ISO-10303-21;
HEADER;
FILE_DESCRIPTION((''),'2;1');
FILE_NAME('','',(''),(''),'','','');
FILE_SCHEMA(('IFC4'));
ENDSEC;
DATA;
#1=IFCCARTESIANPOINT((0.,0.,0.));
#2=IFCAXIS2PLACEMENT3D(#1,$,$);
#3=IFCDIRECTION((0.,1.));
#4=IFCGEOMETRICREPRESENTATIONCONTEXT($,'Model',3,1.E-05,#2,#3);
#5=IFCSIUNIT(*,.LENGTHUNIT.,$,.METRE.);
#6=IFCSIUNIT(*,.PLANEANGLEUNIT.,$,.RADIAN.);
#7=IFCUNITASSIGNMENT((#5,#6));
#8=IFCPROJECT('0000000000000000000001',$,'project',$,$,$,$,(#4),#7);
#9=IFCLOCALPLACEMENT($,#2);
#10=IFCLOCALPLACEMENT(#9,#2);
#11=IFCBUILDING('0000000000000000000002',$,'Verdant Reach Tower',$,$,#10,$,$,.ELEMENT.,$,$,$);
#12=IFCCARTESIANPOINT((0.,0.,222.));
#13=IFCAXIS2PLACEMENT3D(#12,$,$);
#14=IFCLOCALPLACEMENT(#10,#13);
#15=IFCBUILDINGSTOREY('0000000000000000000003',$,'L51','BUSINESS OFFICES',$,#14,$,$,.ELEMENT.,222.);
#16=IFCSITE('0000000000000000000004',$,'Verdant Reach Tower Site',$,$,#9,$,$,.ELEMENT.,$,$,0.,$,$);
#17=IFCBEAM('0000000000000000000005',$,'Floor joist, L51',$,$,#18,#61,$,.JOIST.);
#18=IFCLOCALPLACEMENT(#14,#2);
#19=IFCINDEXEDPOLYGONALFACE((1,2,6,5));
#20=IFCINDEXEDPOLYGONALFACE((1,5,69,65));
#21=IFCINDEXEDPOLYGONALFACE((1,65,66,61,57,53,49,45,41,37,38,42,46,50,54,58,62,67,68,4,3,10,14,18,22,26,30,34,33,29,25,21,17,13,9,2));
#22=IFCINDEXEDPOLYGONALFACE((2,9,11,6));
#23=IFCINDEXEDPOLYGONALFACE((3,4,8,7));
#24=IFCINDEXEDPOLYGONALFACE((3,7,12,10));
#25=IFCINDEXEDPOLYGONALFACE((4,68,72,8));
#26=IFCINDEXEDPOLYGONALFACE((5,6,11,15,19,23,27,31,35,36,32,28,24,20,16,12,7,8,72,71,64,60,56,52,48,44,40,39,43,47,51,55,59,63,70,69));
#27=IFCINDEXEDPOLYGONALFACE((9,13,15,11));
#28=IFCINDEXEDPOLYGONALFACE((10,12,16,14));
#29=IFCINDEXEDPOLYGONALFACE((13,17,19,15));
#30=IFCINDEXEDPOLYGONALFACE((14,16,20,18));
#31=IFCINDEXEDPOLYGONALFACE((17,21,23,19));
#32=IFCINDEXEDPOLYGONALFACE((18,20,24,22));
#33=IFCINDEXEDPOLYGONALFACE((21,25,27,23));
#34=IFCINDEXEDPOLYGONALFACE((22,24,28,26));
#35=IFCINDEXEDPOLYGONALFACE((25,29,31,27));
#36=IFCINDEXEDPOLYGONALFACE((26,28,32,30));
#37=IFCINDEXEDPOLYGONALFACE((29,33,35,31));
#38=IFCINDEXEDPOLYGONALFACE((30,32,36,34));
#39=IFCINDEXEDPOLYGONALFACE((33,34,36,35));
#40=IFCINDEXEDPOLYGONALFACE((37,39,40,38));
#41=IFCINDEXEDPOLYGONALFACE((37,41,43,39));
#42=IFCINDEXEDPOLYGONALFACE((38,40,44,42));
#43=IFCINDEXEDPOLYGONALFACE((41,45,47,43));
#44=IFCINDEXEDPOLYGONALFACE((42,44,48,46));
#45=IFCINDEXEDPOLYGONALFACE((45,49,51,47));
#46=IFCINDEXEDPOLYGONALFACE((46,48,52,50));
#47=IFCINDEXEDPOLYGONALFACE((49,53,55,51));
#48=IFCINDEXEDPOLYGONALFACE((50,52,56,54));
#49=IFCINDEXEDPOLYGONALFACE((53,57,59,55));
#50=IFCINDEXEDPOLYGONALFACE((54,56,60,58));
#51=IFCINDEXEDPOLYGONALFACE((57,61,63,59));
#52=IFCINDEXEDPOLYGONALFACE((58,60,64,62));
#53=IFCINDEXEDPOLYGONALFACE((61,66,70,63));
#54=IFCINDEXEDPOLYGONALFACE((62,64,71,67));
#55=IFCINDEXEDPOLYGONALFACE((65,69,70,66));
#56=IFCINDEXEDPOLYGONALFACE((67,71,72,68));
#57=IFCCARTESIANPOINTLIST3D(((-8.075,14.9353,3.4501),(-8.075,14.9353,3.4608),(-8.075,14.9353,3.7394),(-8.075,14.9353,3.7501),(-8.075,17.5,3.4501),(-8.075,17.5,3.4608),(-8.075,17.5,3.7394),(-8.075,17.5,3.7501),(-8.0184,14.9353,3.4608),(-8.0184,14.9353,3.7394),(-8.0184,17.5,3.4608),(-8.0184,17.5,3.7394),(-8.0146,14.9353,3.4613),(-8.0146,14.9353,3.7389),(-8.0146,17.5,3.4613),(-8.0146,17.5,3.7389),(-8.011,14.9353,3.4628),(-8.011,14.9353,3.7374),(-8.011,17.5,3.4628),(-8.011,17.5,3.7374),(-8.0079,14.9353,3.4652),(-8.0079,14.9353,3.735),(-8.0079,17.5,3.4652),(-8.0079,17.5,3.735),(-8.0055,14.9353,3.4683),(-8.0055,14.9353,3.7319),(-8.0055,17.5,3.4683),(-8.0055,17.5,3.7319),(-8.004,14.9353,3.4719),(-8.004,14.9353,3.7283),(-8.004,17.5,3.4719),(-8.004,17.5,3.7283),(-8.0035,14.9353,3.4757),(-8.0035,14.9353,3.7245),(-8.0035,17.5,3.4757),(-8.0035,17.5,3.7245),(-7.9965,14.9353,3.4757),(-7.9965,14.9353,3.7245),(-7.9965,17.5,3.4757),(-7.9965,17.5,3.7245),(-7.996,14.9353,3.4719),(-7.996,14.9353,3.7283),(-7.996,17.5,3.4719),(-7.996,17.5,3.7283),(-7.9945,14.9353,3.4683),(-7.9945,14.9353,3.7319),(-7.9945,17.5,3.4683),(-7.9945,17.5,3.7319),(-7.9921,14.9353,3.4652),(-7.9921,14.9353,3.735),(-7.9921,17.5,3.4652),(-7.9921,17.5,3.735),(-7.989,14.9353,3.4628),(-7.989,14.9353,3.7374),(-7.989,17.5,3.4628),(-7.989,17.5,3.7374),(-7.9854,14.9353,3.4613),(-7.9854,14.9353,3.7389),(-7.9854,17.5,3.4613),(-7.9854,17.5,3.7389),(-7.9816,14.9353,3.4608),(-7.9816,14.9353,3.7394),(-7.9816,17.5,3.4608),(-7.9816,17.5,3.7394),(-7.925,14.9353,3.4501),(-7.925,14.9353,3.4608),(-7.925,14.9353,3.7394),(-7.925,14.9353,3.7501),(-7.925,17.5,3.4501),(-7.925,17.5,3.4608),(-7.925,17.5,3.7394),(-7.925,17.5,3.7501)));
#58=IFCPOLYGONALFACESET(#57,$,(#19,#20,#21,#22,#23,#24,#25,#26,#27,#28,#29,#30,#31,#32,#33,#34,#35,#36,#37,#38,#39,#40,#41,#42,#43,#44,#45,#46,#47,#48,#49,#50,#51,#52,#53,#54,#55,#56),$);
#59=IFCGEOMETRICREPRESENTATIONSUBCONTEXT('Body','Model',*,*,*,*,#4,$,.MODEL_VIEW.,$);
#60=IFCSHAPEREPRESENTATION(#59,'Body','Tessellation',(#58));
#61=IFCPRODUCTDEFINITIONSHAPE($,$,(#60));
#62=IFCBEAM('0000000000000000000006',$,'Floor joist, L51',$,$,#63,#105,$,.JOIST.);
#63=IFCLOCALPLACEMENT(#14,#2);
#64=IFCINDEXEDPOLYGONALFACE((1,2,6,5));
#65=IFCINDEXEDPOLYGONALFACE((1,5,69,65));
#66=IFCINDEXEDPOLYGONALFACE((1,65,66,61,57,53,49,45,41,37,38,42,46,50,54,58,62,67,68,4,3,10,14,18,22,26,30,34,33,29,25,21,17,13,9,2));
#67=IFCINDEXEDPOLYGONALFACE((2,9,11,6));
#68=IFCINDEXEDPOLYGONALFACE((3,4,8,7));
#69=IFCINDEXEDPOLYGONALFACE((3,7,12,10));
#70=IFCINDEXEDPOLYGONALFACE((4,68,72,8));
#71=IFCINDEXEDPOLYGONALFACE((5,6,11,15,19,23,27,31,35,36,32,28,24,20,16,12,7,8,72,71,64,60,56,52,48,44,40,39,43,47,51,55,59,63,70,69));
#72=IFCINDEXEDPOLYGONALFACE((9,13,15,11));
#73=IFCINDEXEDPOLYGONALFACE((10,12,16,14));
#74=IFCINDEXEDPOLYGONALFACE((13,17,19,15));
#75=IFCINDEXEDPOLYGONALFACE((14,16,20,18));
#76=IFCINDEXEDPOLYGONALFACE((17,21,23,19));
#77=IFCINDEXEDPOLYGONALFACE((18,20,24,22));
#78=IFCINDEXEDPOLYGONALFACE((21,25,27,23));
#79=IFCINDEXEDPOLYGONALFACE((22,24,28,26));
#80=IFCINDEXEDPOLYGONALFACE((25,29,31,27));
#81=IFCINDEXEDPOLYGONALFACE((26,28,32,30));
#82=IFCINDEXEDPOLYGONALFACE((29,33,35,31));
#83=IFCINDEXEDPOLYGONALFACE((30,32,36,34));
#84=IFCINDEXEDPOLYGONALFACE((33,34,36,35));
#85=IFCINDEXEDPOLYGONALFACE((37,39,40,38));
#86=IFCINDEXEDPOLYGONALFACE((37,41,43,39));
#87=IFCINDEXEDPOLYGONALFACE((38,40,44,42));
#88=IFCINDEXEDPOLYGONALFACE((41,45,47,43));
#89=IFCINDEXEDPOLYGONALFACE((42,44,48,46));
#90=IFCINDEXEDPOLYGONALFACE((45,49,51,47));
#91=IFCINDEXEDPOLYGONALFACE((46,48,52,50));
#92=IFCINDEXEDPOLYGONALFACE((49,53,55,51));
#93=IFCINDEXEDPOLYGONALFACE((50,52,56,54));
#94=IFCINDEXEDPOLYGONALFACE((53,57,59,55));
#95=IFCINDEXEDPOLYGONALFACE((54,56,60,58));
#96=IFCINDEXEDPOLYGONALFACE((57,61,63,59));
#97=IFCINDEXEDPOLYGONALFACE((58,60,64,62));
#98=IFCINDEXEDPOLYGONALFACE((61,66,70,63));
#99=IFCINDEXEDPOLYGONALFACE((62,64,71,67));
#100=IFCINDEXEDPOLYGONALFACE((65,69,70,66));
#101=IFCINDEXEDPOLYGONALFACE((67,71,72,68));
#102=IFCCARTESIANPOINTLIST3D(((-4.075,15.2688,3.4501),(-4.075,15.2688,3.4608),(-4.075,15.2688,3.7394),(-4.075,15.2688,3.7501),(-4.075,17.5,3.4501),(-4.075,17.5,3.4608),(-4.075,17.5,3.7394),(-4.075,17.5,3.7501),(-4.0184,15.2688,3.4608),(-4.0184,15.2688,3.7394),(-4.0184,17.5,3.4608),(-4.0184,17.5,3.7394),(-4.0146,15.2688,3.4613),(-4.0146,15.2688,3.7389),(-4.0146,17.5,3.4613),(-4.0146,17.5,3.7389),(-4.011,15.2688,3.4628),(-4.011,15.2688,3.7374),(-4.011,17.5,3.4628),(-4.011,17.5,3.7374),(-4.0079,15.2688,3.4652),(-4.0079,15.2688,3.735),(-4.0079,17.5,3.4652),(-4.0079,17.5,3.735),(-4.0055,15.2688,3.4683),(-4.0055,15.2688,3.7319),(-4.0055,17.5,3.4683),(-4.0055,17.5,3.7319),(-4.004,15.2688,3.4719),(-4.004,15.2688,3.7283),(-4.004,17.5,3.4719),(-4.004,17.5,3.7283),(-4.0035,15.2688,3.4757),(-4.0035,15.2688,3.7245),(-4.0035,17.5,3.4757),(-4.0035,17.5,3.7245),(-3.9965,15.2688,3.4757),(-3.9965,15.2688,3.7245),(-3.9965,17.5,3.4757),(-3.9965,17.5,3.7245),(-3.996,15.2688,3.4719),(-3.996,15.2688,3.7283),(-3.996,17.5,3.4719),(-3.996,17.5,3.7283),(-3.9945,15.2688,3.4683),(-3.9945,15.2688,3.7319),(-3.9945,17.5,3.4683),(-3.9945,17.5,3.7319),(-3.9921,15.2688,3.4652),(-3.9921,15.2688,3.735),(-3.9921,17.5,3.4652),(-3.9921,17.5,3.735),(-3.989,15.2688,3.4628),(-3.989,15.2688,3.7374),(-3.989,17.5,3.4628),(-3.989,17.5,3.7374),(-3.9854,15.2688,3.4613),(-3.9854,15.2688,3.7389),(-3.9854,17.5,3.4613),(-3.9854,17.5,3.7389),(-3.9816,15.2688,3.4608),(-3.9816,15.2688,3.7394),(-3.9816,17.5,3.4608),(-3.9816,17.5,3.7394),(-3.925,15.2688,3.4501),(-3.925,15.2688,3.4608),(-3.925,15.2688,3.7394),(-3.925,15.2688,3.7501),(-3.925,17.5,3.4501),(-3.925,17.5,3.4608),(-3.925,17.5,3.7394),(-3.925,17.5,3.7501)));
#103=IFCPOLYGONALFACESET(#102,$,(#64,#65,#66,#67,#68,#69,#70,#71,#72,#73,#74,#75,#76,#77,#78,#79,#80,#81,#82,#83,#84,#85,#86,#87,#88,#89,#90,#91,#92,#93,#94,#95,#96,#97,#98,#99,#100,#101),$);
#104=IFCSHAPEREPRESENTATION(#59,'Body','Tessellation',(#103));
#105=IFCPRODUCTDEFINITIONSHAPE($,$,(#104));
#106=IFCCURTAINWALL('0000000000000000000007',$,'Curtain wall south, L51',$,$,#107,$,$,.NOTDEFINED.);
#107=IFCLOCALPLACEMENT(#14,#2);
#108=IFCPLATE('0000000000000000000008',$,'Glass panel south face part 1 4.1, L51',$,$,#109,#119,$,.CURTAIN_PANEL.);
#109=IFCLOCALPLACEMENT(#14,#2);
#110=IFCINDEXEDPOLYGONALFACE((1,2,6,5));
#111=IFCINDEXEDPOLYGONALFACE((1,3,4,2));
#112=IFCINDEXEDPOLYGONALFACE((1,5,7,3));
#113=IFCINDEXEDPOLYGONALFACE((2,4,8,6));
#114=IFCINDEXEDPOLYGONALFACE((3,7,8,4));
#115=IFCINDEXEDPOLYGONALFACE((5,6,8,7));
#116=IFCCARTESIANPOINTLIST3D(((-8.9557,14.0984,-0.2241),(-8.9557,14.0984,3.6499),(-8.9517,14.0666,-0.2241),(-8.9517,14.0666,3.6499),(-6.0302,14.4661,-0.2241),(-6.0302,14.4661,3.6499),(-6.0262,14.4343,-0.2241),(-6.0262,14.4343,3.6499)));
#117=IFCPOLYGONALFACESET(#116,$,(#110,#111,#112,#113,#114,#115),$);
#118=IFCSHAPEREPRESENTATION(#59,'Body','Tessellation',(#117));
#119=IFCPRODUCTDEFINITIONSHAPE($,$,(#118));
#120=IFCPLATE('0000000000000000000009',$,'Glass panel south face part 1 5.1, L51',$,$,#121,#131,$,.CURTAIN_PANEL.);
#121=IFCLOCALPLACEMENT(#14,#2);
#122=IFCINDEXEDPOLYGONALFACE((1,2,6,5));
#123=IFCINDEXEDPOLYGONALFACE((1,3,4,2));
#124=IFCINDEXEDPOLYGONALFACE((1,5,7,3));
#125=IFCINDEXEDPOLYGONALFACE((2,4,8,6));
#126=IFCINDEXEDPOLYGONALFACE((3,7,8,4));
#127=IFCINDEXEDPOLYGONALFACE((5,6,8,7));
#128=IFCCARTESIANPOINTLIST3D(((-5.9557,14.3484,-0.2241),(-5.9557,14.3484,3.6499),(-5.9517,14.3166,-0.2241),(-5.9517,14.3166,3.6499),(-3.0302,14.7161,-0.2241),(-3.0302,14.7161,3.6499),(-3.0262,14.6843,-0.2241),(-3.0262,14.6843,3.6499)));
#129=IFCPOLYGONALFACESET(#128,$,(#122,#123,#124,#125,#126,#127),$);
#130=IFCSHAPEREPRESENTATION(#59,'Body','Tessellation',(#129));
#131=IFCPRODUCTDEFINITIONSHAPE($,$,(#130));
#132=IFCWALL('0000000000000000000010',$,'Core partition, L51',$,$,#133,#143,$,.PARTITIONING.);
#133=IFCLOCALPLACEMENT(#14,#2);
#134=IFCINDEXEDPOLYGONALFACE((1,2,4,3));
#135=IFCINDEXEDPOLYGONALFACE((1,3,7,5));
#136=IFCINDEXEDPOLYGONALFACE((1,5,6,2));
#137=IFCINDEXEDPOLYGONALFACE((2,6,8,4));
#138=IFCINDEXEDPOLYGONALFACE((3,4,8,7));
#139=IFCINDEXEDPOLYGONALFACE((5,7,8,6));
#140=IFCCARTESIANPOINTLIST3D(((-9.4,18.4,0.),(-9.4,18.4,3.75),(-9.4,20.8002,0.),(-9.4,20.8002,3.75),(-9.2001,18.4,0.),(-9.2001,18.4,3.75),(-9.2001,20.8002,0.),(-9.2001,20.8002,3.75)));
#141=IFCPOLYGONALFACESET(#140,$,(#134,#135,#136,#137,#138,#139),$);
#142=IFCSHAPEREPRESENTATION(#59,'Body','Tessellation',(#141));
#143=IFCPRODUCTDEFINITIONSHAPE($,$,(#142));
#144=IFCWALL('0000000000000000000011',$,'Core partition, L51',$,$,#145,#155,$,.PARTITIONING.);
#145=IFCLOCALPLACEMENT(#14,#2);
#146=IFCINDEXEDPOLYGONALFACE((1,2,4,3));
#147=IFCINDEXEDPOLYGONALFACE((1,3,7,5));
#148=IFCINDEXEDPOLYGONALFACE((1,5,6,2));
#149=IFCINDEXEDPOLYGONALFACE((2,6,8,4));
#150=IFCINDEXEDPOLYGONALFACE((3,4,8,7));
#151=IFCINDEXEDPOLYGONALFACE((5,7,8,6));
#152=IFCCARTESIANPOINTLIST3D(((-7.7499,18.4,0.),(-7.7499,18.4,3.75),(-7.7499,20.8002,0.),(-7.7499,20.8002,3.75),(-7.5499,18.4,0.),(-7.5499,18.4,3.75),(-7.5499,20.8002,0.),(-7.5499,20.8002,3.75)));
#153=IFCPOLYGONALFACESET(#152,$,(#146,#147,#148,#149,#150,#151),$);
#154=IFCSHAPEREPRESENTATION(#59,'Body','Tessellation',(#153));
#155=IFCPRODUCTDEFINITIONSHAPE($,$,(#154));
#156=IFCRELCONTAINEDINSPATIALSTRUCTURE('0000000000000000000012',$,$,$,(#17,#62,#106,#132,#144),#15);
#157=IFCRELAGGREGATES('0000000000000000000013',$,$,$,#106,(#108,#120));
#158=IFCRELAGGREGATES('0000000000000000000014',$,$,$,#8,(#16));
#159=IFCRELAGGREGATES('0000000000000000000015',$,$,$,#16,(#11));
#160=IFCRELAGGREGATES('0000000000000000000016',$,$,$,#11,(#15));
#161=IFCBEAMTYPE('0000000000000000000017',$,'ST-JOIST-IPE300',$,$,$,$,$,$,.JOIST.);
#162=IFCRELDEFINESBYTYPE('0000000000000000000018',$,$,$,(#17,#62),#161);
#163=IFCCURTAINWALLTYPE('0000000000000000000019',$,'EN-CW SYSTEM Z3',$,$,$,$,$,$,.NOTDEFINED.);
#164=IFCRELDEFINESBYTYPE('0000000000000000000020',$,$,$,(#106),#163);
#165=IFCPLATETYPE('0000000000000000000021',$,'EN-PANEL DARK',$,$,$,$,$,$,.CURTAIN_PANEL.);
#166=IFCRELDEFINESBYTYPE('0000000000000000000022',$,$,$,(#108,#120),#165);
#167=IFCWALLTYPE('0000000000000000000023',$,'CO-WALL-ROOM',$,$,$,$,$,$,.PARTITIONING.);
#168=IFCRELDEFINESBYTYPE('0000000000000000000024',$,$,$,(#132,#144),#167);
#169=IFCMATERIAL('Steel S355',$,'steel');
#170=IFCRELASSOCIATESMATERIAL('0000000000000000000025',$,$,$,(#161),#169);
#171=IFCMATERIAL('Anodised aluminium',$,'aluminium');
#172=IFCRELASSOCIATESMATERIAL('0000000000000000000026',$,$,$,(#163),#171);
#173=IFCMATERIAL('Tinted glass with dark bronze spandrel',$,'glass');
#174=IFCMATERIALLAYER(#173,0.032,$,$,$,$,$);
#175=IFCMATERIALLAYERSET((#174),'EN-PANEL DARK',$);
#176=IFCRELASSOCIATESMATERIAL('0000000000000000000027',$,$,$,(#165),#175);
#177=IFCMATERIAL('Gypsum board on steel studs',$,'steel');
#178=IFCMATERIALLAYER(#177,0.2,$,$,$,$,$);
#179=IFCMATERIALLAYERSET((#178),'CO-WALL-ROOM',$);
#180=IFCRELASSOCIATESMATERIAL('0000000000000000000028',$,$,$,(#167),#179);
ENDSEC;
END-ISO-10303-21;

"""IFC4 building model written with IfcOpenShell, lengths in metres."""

from ifc_helpers import new_model, si_unit, direction, frame, frame_2d, origin, origin_2d, place, context, subcontext, project, spatial, rectangle, i_section, extrude, material, layer, layer_set, material_profile, profile_set, type_object, element, aggregate, save


model = new_model("IFC4")

# Units and contexts
model_context = context("Model", 3, precision=1e-05, world=origin(), true_north=direction((0.0, 1.0)))
body_context = subcontext(model_context, "Body", "Model", "MODEL_VIEW")
ifc_project = project(units=[si_unit("LENGTHUNIT", "METRE"), si_unit("PLANEANGLEUNIT", "RADIAN")], contexts=[model_context])

# Site, building, storey
site_placement = place(None, origin())
site = spatial("IfcSite", under=ifc_project, at=site_placement, Name="Verdant Reach Tower Site", CompositionType="ELEMENT", RefElevation=0.0)
building_placement = place(site_placement, origin())
building = spatial("IfcBuilding", under=site, at=building_placement, Name="Verdant Reach Tower", CompositionType="ELEMENT")
storey_placement = place(building_placement, frame((0.0, 0.0, 222.0)))
storey = spatial("IfcBuildingStorey", under=building, at=storey_placement, Name="L51", Description="BUSINESS OFFICES", CompositionType="ELEMENT", Elevation=222.0)

# Beams
ifc_material_1 = material(Name="Steel S355", Category="steel")
ifc_material_profile = material_profile(ifc_material_1, i_section(OverallWidth=0.1499, OverallDepth=0.3, WebThickness=0.0071, FlangeThickness=0.0107, FilletRadius=0.0149, at=origin_2d()), Name="IPE 300")
ifc_profile_set = profile_set([ifc_material_profile], Name="Steel S355")
beam_type = type_object("IfcBeamType", Name="ST-JOIST-IPE300", PredefinedType="JOIST", material=ifc_profile_set)
beam_1_placement = place(storey_placement, frame((-8.0, 17.5, 3.6001), z_axis=(0.0, -1.0, 0.0), x_axis=(1.0, 0.0, 0.0)))
element("IfcBeam", 1, at=beam_1_placement, inside=storey, type_object=beam_type, Name="Floor joist, L51", PredefinedType="JOIST", context=body_context, shape_type="SweptSolid", body=[
    extrude(i_section(OverallWidth=0.1499, OverallDepth=0.3, WebThickness=0.0071, FlangeThickness=0.0107, FilletRadius=0.0149, at=origin_2d()), origin(), (0.0, 0.0, 1.0), 2.5647),
])
beam_2_placement = place(storey_placement, frame((-4.0, 17.5, 3.6001), z_axis=(0.0, -1.0, 0.0), x_axis=(1.0, 0.0, 0.0)))
element("IfcBeam", 2, at=beam_2_placement, inside=storey, type_object=beam_type, Name="Floor joist, L51", PredefinedType="JOIST", context=body_context, shape_type="SweptSolid", body=[
    extrude(i_section(OverallWidth=0.1499, OverallDepth=0.3, WebThickness=0.0071, FlangeThickness=0.0107, FilletRadius=0.0149, at=origin_2d()), origin(), (0.0, 0.0, 1.0), 2.2312),
])

# Curtain wall, plates
ifc_material_2 = material(Name="Anodised aluminium", Category="aluminium")
curtain_wall_type = type_object("IfcCurtainWallType", Name="EN-CW SYSTEM Z3", PredefinedType="NOTDEFINED", material=ifc_material_2)
curtain_wall_placement = place(storey_placement, origin())
curtain_wall = element("IfcCurtainWall", 3, at=curtain_wall_placement, inside=storey, type_object=curtain_wall_type, Name="Curtain wall south, L51", PredefinedType="NOTDEFINED")
ifc_material_3 = material(Name="Tinted glass with dark bronze spandrel", Category="glass")
ifc_layer_1 = layer(ifc_material_3, 0.032)
ifc_layer_set_1 = layer_set([ifc_layer_1], Name="EN-PANEL DARK")
plate_type = type_object("IfcPlateType", Name="EN-PANEL DARK", PredefinedType="CURTAIN_PANEL", material=ifc_layer_set_1)
plate_1_placement = place(storey_placement, frame((-7.491, 14.2664, -0.2241), z_axis=(0.0, 0.0, 1.0), x_axis=(0.992194, 0.124704, 0.0)))
plate_1 = element("IfcPlate", 4, at=plate_1_placement, type_object=plate_type, Name="Glass panel south face part 1 4.1, L51", PredefinedType="CURTAIN_PANEL", context=body_context, shape_type="SweptSolid", body=[
    extrude(rectangle(XDim=2.9485, YDim=0.032, at=origin_2d()), origin(), (0.0, 0.0, 1.0), 3.874),
])
plate_2_placement = place(storey_placement, frame((-4.491, 14.5164, -0.2241), z_axis=(0.0, 0.0, 1.0), x_axis=(0.992194, 0.124704, 0.0)))
plate_2 = element("IfcPlate", 5, at=plate_2_placement, type_object=plate_type, Name="Glass panel south face part 1 5.1, L51", PredefinedType="CURTAIN_PANEL", context=body_context, shape_type="SweptSolid", body=[
    extrude(rectangle(XDim=2.9485, YDim=0.032, at=origin_2d()), origin(), (0.0, 0.0, 1.0), 3.874),
])
aggregate(curtain_wall, [plate_1, plate_2])

# Walls
ifc_material_4 = material(Name="Gypsum board on steel studs", Category="steel")
ifc_layer_2 = layer(ifc_material_4, 0.2)
ifc_layer_set_2 = layer_set([ifc_layer_2], Name="CO-WALL-ROOM")
wall_type_1 = type_object("IfcWallType", Name="CO-WALL-ROOM", PredefinedType="PARTITIONING", material=ifc_layer_set_2)
for number, where, z_axis, x_axis, name in (
    (6, (-9.3, 18.3999, 0.0), (0.0, 0.0, 1.0), (0.0, 1.0, 0.0), "Core partition, L51"),
    (7, (-7.6499, 18.3999, 0.0), (0.0, 0.0, 1.0), (0.0, 1.0, 0.0), "Core partition, L51"),
):
    element("IfcWall", number, at=place(storey_placement, frame(where, z_axis=z_axis, x_axis=x_axis)), inside=storey, type_object=wall_type_1, Name=name, PredefinedType="PARTITIONING", context=body_context, shape_type="SweptSolid", body=[
        extrude(rectangle(XDim=2.4001, YDim=0.2, at=frame_2d((1.2002, 0.0))), origin(), (0.0, 0.0, 1.0), 3.75),
    ])

save(model, "model.ifc")
